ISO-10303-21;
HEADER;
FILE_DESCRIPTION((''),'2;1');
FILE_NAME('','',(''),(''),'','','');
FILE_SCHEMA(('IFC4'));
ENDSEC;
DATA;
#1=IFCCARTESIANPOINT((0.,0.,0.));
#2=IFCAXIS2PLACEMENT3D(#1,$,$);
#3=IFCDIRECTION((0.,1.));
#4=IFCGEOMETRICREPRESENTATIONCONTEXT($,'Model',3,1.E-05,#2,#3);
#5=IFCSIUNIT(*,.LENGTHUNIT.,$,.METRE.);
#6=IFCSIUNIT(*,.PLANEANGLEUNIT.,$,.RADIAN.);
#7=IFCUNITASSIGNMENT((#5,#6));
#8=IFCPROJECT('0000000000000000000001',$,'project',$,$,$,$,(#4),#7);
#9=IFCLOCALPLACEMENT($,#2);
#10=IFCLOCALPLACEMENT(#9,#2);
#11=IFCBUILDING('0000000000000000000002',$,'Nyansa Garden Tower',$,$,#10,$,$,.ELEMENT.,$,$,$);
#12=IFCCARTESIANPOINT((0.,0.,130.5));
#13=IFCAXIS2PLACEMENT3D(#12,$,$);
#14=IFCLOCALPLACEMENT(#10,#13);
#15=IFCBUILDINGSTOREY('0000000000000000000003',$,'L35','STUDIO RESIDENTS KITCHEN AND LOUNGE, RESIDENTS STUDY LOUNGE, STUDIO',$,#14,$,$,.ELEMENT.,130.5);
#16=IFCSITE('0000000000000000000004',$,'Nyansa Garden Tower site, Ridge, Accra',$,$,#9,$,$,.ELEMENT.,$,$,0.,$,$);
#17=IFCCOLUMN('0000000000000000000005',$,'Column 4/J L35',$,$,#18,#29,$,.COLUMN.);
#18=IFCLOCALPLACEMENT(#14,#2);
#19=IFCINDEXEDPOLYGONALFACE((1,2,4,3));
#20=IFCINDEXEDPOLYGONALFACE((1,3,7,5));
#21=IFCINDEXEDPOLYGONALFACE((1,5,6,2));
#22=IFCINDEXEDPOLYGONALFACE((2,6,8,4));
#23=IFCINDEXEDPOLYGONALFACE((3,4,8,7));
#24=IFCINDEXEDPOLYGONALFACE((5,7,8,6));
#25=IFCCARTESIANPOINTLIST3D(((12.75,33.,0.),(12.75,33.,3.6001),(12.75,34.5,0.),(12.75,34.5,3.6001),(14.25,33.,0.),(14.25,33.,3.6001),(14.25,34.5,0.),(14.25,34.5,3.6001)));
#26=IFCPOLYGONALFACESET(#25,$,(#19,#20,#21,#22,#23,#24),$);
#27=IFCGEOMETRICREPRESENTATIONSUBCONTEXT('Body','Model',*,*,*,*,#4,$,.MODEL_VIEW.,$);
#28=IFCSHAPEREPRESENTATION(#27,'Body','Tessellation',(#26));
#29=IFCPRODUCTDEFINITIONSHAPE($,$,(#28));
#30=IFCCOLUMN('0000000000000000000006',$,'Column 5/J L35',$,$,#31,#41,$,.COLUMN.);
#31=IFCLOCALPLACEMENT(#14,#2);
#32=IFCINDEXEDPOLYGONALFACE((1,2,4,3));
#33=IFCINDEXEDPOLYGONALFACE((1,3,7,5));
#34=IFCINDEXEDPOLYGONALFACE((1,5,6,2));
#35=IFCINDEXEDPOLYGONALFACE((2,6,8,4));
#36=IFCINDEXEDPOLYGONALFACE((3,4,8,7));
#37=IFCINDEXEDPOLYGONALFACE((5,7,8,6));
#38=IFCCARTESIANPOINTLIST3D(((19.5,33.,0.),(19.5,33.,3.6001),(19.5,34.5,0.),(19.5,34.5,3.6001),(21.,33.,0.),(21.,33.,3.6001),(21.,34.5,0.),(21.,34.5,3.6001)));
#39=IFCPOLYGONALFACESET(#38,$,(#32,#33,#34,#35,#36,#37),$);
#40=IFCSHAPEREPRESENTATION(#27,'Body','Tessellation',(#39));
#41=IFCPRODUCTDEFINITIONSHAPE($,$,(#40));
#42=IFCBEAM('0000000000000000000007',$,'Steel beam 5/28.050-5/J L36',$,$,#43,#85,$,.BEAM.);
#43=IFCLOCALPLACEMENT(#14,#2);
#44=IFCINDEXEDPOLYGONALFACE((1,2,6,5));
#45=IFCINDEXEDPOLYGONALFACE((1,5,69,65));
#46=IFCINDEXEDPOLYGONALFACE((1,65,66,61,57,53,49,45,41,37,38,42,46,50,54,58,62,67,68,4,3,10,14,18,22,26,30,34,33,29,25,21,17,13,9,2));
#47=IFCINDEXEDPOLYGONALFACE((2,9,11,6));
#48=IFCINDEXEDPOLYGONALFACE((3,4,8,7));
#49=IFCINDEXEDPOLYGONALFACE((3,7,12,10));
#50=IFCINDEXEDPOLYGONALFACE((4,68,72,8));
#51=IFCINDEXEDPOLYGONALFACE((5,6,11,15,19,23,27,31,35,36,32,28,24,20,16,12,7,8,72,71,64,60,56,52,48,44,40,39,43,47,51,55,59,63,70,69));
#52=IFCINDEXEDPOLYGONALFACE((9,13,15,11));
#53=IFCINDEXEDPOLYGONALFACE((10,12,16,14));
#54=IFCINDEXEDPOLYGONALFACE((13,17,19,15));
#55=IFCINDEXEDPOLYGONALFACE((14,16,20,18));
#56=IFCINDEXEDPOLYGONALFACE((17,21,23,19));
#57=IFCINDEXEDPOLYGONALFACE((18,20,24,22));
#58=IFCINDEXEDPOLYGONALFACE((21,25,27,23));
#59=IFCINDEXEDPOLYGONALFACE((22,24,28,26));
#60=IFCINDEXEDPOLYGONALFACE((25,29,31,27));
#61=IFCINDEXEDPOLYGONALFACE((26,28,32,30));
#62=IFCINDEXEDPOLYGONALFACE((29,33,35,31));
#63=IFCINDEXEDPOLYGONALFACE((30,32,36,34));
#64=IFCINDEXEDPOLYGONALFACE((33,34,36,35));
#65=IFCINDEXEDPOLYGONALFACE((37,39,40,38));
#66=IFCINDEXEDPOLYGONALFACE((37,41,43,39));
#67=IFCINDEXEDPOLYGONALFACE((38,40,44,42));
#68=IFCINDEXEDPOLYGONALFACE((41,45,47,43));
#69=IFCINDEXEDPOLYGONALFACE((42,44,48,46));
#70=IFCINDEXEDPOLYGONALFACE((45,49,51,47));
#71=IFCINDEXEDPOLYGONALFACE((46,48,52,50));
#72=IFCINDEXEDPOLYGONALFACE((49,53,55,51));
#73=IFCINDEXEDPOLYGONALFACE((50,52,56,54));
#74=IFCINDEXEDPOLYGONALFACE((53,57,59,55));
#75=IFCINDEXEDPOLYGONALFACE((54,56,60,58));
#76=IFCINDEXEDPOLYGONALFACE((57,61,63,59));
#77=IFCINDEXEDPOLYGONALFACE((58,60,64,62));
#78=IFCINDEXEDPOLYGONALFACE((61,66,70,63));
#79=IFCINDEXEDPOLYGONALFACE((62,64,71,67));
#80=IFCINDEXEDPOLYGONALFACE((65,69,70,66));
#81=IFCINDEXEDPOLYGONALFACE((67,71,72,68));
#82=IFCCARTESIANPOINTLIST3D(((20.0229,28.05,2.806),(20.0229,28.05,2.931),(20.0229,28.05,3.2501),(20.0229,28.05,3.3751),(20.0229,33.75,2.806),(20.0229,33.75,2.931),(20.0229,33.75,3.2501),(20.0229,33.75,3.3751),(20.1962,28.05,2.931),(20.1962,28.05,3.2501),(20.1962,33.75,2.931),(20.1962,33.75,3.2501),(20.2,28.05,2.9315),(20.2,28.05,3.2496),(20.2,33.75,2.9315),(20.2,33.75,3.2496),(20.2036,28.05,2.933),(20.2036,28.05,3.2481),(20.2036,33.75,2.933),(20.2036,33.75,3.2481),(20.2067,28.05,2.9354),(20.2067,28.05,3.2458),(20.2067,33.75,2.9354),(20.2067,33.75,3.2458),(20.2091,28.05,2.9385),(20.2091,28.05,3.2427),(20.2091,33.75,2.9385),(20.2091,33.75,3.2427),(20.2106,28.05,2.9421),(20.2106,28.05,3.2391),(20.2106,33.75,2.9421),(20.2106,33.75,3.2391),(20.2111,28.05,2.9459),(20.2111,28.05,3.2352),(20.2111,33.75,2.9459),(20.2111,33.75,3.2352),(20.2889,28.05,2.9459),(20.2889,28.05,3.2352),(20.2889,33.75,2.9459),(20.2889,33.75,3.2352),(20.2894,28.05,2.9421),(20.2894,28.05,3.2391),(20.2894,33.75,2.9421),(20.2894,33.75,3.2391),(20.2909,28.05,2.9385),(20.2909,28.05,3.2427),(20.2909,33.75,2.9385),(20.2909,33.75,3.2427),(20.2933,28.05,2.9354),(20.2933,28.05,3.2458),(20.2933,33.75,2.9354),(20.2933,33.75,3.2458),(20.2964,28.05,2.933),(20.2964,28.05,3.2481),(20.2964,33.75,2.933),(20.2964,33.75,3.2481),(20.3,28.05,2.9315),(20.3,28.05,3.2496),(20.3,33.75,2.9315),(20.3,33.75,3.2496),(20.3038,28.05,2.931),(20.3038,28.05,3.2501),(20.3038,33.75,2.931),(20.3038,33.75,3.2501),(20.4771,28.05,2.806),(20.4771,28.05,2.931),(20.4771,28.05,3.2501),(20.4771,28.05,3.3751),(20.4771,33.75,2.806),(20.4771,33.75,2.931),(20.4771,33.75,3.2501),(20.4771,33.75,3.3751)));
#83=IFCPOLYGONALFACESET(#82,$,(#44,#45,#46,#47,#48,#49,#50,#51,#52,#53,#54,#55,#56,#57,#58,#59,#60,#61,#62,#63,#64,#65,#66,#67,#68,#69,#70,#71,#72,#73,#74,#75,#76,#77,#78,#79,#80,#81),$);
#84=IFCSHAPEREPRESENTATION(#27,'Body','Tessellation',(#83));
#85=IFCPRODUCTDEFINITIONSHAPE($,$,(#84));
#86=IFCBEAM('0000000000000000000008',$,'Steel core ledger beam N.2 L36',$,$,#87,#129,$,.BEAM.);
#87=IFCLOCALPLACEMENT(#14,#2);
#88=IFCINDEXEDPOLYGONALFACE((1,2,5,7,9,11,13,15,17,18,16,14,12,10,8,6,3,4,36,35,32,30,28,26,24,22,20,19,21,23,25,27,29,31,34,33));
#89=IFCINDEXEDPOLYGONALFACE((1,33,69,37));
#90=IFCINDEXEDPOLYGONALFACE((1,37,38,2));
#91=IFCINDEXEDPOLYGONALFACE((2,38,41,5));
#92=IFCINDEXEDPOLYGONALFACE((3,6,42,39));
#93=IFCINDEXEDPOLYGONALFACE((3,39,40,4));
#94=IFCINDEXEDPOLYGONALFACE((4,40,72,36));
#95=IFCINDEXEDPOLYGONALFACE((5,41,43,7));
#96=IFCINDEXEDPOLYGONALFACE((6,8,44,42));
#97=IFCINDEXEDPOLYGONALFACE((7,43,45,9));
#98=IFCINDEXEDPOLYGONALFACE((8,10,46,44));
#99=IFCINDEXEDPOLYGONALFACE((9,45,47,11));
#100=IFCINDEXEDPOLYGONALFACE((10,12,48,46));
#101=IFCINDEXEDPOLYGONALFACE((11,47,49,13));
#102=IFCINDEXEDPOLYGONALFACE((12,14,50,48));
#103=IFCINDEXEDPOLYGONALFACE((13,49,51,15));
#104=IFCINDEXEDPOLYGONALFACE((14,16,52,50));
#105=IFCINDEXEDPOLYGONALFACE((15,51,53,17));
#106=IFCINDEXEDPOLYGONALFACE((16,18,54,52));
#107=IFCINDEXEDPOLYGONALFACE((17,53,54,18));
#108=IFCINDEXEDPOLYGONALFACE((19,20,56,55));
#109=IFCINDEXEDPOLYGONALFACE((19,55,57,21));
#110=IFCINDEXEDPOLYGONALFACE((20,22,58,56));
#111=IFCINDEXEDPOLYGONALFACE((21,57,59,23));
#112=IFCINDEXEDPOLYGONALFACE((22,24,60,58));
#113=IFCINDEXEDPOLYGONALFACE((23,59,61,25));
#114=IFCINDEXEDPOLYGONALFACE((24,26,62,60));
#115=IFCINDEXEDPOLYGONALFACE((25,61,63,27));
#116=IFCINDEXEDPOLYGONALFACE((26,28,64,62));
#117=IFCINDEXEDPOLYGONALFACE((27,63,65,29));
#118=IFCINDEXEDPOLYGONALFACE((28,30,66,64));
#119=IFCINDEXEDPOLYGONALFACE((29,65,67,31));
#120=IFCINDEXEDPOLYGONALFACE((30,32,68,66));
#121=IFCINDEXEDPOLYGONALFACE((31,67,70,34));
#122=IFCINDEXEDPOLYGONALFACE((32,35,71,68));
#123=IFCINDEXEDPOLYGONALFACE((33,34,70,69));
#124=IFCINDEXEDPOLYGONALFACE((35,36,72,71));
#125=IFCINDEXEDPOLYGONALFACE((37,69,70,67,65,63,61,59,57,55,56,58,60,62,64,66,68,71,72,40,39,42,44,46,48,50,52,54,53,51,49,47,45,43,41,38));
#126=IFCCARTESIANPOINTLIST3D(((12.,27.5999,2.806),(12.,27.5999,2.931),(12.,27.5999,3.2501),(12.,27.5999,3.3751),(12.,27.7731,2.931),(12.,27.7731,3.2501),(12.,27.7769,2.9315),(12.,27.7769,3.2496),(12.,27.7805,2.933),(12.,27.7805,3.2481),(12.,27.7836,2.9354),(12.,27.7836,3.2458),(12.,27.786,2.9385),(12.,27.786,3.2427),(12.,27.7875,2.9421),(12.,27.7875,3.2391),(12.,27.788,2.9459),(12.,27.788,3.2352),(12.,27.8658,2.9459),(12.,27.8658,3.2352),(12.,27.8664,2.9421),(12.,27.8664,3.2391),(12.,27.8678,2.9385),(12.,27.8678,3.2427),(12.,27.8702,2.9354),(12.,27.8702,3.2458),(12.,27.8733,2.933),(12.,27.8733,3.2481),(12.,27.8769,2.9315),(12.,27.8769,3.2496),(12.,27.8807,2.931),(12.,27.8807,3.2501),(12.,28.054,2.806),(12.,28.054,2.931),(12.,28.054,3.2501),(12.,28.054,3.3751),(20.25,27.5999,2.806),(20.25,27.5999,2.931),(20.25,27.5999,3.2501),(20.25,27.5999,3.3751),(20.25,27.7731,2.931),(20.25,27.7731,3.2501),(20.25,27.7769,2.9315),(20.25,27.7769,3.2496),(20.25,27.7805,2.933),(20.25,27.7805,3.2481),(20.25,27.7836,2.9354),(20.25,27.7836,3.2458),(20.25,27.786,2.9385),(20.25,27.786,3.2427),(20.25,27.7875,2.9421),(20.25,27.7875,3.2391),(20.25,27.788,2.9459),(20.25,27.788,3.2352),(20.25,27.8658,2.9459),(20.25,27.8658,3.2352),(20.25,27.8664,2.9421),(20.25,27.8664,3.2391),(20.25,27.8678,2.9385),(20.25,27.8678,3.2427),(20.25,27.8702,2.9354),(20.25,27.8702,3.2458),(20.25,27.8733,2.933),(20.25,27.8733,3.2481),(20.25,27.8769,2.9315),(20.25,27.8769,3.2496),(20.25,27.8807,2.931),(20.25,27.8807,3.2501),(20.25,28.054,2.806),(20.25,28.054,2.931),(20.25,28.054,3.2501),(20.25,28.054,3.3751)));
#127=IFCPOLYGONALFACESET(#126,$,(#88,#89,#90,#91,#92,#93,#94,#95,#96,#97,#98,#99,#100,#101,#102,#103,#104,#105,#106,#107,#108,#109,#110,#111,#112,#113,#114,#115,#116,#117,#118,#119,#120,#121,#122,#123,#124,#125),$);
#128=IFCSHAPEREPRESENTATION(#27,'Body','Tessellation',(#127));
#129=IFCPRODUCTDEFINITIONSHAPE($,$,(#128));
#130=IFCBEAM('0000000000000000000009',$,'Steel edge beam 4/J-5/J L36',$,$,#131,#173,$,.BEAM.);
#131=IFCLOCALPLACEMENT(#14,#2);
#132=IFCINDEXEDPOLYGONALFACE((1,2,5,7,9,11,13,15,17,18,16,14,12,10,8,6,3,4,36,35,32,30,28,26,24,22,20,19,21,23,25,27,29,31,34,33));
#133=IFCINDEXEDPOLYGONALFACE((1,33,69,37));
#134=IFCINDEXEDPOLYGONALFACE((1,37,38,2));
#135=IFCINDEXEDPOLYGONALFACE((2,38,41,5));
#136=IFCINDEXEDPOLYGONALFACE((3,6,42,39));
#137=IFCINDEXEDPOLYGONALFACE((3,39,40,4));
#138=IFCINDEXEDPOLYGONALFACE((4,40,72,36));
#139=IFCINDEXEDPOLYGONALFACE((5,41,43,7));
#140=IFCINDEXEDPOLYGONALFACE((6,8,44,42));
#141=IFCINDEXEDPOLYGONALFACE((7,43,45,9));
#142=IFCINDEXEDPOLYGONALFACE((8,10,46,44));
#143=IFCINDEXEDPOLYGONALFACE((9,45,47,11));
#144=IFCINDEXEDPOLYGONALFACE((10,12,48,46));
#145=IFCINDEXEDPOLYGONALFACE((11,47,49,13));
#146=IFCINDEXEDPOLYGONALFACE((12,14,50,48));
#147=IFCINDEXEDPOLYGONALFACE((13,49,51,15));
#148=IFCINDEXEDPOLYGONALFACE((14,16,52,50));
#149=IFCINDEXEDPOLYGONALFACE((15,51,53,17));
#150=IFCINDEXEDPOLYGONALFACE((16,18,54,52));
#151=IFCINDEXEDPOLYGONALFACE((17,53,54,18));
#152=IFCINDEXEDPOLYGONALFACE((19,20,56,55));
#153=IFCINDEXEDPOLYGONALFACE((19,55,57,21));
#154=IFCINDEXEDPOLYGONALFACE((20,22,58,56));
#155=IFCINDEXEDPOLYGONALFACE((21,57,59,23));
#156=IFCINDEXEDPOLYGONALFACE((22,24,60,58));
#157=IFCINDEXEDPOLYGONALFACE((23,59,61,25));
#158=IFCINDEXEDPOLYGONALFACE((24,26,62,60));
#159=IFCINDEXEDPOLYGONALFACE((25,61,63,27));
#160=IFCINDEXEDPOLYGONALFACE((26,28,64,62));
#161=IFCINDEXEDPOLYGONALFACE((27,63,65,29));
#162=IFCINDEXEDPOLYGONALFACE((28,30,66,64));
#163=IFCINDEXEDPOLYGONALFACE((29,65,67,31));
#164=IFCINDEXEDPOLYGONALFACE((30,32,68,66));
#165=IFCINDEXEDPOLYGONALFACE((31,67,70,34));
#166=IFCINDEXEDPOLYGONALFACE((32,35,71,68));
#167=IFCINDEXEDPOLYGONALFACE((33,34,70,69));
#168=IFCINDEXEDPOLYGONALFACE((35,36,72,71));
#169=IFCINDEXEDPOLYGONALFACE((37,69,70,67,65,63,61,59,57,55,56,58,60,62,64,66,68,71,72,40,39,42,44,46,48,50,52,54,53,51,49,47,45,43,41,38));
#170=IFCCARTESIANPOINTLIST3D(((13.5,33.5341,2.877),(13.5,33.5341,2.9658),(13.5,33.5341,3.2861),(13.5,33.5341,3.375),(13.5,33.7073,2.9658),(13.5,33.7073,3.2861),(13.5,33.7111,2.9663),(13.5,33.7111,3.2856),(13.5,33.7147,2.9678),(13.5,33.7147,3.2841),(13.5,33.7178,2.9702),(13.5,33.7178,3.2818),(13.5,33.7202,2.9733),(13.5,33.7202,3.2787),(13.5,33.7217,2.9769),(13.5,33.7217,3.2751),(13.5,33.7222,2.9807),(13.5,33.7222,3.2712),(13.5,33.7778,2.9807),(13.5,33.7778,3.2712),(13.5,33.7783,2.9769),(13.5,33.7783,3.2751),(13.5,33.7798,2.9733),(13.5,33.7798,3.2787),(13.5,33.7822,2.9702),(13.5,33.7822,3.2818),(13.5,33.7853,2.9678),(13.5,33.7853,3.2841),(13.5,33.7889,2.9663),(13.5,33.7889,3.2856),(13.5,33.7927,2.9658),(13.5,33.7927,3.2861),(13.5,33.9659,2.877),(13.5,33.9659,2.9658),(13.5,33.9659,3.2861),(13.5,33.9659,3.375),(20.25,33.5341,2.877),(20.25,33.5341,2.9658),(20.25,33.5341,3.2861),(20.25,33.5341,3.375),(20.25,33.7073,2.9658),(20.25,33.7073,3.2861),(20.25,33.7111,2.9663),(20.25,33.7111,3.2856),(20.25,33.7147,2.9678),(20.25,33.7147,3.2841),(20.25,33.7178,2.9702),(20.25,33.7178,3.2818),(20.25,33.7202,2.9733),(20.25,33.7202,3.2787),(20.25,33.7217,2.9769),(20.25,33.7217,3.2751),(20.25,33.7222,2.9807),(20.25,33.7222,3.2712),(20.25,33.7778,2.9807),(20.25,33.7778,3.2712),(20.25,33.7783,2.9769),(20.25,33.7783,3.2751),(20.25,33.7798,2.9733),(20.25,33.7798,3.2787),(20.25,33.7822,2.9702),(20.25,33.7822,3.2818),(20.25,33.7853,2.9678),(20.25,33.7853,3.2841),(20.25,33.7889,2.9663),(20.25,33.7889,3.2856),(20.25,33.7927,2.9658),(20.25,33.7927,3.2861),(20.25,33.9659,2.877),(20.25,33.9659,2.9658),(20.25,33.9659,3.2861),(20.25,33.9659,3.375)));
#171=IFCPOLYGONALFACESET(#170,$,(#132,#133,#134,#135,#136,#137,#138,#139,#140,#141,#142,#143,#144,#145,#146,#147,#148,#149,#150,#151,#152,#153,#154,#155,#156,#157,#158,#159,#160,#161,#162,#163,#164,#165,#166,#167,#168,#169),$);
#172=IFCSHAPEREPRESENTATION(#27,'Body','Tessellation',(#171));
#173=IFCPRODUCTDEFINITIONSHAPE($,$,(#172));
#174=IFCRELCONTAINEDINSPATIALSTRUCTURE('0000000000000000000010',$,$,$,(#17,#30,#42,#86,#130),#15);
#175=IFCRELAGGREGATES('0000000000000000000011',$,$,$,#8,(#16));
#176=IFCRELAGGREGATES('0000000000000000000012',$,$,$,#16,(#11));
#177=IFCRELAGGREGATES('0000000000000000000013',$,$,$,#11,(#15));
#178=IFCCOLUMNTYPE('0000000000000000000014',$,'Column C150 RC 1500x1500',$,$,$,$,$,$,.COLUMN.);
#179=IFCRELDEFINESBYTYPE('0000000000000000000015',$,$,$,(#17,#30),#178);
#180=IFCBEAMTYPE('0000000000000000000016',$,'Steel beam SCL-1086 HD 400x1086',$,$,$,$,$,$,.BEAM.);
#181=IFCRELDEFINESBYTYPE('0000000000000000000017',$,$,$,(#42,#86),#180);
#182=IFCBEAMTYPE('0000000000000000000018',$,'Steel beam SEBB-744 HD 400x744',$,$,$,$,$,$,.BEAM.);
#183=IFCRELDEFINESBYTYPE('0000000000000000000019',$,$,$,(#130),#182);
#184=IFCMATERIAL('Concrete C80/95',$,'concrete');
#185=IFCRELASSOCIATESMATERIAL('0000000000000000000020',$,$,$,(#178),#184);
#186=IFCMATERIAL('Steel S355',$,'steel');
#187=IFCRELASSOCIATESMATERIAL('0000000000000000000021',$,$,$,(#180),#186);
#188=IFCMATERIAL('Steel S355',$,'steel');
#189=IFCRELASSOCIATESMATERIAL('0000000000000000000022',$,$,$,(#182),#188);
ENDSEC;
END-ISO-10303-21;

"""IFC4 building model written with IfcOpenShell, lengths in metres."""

from ifc_helpers import new_model, si_unit, direction, frame, origin, origin_2d, place, context, subcontext, project, spatial, rectangle, i_section, extrude, material, material_profile, profile_set, type_object, element, save


model = new_model("IFC4")

# Units and contexts
model_context = context("Model", 3, precision=1e-05, world=origin(), true_north=direction((0.0, 1.0)))
body_context = subcontext(model_context, "Body", "Model", "MODEL_VIEW")
ifc_project = project(units=[si_unit("LENGTHUNIT", "METRE"), si_unit("PLANEANGLEUNIT", "RADIAN")], contexts=[model_context])

# Site, building, storey
site_placement = place(None, origin())
site = spatial("IfcSite", under=ifc_project, at=site_placement, Name="Nyansa Garden Tower site, Ridge, Accra", CompositionType="ELEMENT", RefElevation=0.0)
building_placement = place(site_placement, origin())
building = spatial("IfcBuilding", under=site, at=building_placement, Name="Nyansa Garden Tower", CompositionType="ELEMENT")
storey_placement = place(building_placement, frame((0.0, 0.0, 130.5)))
storey = spatial("IfcBuildingStorey", under=building, at=storey_placement, Name="L35", Description="STUDIO RESIDENTS KITCHEN AND LOUNGE, RESIDENTS STUDY LOUNGE, STUDIO", CompositionType="ELEMENT", Elevation=130.5)

# Columns
ifc_material_1 = material(Name="Concrete C80/95", Category="concrete")
ifc_material_profile_1 = material_profile(ifc_material_1, rectangle(XDim=1.5, YDim=1.5, at=origin_2d()), Name="RC 1500x1500")
ifc_profile_set_1 = profile_set([ifc_material_profile_1], Name="Concrete C80/95")
column_type = type_object("IfcColumnType", Name="Column C150 RC 1500x1500", PredefinedType="COLUMN", material=ifc_profile_set_1)
for number, where, z_axis, x_axis, name in (
    (1, (13.5, 33.75, 0.0), (0.0, 0.0, 1.0), (1.0, 0.0, 0.0), "Column 4/J L35"),
    (2, (20.25, 33.75, 0.0), (0.0, 0.0, 1.0), (1.0, 0.0, 0.0), "Column 5/J L35"),
):
    element("IfcColumn", number, at=place(storey_placement, frame(where, z_axis=z_axis, x_axis=x_axis)), inside=storey, type_object=column_type, Name=name, PredefinedType="COLUMN", context=body_context, shape_type="SweptSolid", body=[
        extrude(rectangle(XDim=1.5, YDim=1.5, at=origin_2d()), origin(), (0.0, 0.0, 1.0), 3.6001),
    ])

# Beams
ifc_material_2 = material(Name="Steel S355", Category="steel")
ifc_material_profile_2 = material_profile(ifc_material_2, i_section(OverallWidth=0.4541, OverallDepth=0.5691, WebThickness=0.0779, FlangeThickness=0.125, FilletRadius=0.0149, at=origin_2d()), Name="HD 400x1086")
ifc_profile_set_2 = profile_set([ifc_material_profile_2], Name="Steel S355")
beam_type_1 = type_object("IfcBeamType", Name="Steel beam SCL-1086 HD 400x1086", PredefinedType="BEAM", material=ifc_profile_set_2)
beam_1_placement = place(storey_placement, frame((20.25, 28.05, 3.0906), z_axis=(0.0, 1.0, 0.0), x_axis=(-1.0, 0.0, 0.0)))
element("IfcBeam", 3, at=beam_1_placement, inside=storey, type_object=beam_type_1, Name="Steel beam 5/28.050-5/J L36", PredefinedType="BEAM", context=body_context, shape_type="SweptSolid", body=[
    extrude(i_section(OverallWidth=0.4541, OverallDepth=0.5691, WebThickness=0.0779, FlangeThickness=0.125, FilletRadius=0.0149, at=origin_2d()), origin(), (0.0, 0.0, 1.0), 5.7),
])
beam_2_placement = place(storey_placement, frame((20.25, 27.8269, 3.0906), z_axis=(-1.0, 0.0, 0.0), x_axis=(0.0, -1.0, 0.0)))
element("IfcBeam", 4, at=beam_2_placement, inside=storey, type_object=beam_type_1, Name="Steel core ledger beam N.2 L36", PredefinedType="BEAM", context=body_context, shape_type="SweptSolid", body=[
    extrude(i_section(OverallWidth=0.4541, OverallDepth=0.5691, WebThickness=0.0779, FlangeThickness=0.125, FilletRadius=0.0149, at=origin_2d()), origin(), (0.0, 0.0, 1.0), 8.25),
])
ifc_material_3 = material(Name="Steel S355", Category="steel")
ifc_material_profile_3 = material_profile(ifc_material_3, i_section(OverallWidth=0.4319, OverallDepth=0.498, WebThickness=0.0557, FlangeThickness=0.0889, FilletRadius=0.0149, at=origin_2d()), Name="HD 400x744")
ifc_profile_set_3 = profile_set([ifc_material_profile_3], Name="Steel S355")
beam_type_2 = type_object("IfcBeamType", Name="Steel beam SEBB-744 HD 400x744", PredefinedType="BEAM", material=ifc_profile_set_3)
for number, where, z_axis, x_axis, name in (
    (5, (13.5, 33.75, 3.126), (1.0, 0.0, 0.0), (0.0, 1.0, 0.0), "Steel edge beam 4/J-5/J L36"),
):
    element("IfcBeam", number, at=place(storey_placement, frame(where, z_axis=z_axis, x_axis=x_axis)), inside=storey, type_object=beam_type_2, Name=name, PredefinedType="BEAM", context=body_context, shape_type="SweptSolid", body=[
        extrude(i_section(OverallWidth=0.4319, OverallDepth=0.498, WebThickness=0.0557, FlangeThickness=0.0889, FilletRadius=0.0149, at=origin_2d()), origin(), (0.0, 0.0, 1.0), 6.75),
    ])

save(model, "model.ifc")
